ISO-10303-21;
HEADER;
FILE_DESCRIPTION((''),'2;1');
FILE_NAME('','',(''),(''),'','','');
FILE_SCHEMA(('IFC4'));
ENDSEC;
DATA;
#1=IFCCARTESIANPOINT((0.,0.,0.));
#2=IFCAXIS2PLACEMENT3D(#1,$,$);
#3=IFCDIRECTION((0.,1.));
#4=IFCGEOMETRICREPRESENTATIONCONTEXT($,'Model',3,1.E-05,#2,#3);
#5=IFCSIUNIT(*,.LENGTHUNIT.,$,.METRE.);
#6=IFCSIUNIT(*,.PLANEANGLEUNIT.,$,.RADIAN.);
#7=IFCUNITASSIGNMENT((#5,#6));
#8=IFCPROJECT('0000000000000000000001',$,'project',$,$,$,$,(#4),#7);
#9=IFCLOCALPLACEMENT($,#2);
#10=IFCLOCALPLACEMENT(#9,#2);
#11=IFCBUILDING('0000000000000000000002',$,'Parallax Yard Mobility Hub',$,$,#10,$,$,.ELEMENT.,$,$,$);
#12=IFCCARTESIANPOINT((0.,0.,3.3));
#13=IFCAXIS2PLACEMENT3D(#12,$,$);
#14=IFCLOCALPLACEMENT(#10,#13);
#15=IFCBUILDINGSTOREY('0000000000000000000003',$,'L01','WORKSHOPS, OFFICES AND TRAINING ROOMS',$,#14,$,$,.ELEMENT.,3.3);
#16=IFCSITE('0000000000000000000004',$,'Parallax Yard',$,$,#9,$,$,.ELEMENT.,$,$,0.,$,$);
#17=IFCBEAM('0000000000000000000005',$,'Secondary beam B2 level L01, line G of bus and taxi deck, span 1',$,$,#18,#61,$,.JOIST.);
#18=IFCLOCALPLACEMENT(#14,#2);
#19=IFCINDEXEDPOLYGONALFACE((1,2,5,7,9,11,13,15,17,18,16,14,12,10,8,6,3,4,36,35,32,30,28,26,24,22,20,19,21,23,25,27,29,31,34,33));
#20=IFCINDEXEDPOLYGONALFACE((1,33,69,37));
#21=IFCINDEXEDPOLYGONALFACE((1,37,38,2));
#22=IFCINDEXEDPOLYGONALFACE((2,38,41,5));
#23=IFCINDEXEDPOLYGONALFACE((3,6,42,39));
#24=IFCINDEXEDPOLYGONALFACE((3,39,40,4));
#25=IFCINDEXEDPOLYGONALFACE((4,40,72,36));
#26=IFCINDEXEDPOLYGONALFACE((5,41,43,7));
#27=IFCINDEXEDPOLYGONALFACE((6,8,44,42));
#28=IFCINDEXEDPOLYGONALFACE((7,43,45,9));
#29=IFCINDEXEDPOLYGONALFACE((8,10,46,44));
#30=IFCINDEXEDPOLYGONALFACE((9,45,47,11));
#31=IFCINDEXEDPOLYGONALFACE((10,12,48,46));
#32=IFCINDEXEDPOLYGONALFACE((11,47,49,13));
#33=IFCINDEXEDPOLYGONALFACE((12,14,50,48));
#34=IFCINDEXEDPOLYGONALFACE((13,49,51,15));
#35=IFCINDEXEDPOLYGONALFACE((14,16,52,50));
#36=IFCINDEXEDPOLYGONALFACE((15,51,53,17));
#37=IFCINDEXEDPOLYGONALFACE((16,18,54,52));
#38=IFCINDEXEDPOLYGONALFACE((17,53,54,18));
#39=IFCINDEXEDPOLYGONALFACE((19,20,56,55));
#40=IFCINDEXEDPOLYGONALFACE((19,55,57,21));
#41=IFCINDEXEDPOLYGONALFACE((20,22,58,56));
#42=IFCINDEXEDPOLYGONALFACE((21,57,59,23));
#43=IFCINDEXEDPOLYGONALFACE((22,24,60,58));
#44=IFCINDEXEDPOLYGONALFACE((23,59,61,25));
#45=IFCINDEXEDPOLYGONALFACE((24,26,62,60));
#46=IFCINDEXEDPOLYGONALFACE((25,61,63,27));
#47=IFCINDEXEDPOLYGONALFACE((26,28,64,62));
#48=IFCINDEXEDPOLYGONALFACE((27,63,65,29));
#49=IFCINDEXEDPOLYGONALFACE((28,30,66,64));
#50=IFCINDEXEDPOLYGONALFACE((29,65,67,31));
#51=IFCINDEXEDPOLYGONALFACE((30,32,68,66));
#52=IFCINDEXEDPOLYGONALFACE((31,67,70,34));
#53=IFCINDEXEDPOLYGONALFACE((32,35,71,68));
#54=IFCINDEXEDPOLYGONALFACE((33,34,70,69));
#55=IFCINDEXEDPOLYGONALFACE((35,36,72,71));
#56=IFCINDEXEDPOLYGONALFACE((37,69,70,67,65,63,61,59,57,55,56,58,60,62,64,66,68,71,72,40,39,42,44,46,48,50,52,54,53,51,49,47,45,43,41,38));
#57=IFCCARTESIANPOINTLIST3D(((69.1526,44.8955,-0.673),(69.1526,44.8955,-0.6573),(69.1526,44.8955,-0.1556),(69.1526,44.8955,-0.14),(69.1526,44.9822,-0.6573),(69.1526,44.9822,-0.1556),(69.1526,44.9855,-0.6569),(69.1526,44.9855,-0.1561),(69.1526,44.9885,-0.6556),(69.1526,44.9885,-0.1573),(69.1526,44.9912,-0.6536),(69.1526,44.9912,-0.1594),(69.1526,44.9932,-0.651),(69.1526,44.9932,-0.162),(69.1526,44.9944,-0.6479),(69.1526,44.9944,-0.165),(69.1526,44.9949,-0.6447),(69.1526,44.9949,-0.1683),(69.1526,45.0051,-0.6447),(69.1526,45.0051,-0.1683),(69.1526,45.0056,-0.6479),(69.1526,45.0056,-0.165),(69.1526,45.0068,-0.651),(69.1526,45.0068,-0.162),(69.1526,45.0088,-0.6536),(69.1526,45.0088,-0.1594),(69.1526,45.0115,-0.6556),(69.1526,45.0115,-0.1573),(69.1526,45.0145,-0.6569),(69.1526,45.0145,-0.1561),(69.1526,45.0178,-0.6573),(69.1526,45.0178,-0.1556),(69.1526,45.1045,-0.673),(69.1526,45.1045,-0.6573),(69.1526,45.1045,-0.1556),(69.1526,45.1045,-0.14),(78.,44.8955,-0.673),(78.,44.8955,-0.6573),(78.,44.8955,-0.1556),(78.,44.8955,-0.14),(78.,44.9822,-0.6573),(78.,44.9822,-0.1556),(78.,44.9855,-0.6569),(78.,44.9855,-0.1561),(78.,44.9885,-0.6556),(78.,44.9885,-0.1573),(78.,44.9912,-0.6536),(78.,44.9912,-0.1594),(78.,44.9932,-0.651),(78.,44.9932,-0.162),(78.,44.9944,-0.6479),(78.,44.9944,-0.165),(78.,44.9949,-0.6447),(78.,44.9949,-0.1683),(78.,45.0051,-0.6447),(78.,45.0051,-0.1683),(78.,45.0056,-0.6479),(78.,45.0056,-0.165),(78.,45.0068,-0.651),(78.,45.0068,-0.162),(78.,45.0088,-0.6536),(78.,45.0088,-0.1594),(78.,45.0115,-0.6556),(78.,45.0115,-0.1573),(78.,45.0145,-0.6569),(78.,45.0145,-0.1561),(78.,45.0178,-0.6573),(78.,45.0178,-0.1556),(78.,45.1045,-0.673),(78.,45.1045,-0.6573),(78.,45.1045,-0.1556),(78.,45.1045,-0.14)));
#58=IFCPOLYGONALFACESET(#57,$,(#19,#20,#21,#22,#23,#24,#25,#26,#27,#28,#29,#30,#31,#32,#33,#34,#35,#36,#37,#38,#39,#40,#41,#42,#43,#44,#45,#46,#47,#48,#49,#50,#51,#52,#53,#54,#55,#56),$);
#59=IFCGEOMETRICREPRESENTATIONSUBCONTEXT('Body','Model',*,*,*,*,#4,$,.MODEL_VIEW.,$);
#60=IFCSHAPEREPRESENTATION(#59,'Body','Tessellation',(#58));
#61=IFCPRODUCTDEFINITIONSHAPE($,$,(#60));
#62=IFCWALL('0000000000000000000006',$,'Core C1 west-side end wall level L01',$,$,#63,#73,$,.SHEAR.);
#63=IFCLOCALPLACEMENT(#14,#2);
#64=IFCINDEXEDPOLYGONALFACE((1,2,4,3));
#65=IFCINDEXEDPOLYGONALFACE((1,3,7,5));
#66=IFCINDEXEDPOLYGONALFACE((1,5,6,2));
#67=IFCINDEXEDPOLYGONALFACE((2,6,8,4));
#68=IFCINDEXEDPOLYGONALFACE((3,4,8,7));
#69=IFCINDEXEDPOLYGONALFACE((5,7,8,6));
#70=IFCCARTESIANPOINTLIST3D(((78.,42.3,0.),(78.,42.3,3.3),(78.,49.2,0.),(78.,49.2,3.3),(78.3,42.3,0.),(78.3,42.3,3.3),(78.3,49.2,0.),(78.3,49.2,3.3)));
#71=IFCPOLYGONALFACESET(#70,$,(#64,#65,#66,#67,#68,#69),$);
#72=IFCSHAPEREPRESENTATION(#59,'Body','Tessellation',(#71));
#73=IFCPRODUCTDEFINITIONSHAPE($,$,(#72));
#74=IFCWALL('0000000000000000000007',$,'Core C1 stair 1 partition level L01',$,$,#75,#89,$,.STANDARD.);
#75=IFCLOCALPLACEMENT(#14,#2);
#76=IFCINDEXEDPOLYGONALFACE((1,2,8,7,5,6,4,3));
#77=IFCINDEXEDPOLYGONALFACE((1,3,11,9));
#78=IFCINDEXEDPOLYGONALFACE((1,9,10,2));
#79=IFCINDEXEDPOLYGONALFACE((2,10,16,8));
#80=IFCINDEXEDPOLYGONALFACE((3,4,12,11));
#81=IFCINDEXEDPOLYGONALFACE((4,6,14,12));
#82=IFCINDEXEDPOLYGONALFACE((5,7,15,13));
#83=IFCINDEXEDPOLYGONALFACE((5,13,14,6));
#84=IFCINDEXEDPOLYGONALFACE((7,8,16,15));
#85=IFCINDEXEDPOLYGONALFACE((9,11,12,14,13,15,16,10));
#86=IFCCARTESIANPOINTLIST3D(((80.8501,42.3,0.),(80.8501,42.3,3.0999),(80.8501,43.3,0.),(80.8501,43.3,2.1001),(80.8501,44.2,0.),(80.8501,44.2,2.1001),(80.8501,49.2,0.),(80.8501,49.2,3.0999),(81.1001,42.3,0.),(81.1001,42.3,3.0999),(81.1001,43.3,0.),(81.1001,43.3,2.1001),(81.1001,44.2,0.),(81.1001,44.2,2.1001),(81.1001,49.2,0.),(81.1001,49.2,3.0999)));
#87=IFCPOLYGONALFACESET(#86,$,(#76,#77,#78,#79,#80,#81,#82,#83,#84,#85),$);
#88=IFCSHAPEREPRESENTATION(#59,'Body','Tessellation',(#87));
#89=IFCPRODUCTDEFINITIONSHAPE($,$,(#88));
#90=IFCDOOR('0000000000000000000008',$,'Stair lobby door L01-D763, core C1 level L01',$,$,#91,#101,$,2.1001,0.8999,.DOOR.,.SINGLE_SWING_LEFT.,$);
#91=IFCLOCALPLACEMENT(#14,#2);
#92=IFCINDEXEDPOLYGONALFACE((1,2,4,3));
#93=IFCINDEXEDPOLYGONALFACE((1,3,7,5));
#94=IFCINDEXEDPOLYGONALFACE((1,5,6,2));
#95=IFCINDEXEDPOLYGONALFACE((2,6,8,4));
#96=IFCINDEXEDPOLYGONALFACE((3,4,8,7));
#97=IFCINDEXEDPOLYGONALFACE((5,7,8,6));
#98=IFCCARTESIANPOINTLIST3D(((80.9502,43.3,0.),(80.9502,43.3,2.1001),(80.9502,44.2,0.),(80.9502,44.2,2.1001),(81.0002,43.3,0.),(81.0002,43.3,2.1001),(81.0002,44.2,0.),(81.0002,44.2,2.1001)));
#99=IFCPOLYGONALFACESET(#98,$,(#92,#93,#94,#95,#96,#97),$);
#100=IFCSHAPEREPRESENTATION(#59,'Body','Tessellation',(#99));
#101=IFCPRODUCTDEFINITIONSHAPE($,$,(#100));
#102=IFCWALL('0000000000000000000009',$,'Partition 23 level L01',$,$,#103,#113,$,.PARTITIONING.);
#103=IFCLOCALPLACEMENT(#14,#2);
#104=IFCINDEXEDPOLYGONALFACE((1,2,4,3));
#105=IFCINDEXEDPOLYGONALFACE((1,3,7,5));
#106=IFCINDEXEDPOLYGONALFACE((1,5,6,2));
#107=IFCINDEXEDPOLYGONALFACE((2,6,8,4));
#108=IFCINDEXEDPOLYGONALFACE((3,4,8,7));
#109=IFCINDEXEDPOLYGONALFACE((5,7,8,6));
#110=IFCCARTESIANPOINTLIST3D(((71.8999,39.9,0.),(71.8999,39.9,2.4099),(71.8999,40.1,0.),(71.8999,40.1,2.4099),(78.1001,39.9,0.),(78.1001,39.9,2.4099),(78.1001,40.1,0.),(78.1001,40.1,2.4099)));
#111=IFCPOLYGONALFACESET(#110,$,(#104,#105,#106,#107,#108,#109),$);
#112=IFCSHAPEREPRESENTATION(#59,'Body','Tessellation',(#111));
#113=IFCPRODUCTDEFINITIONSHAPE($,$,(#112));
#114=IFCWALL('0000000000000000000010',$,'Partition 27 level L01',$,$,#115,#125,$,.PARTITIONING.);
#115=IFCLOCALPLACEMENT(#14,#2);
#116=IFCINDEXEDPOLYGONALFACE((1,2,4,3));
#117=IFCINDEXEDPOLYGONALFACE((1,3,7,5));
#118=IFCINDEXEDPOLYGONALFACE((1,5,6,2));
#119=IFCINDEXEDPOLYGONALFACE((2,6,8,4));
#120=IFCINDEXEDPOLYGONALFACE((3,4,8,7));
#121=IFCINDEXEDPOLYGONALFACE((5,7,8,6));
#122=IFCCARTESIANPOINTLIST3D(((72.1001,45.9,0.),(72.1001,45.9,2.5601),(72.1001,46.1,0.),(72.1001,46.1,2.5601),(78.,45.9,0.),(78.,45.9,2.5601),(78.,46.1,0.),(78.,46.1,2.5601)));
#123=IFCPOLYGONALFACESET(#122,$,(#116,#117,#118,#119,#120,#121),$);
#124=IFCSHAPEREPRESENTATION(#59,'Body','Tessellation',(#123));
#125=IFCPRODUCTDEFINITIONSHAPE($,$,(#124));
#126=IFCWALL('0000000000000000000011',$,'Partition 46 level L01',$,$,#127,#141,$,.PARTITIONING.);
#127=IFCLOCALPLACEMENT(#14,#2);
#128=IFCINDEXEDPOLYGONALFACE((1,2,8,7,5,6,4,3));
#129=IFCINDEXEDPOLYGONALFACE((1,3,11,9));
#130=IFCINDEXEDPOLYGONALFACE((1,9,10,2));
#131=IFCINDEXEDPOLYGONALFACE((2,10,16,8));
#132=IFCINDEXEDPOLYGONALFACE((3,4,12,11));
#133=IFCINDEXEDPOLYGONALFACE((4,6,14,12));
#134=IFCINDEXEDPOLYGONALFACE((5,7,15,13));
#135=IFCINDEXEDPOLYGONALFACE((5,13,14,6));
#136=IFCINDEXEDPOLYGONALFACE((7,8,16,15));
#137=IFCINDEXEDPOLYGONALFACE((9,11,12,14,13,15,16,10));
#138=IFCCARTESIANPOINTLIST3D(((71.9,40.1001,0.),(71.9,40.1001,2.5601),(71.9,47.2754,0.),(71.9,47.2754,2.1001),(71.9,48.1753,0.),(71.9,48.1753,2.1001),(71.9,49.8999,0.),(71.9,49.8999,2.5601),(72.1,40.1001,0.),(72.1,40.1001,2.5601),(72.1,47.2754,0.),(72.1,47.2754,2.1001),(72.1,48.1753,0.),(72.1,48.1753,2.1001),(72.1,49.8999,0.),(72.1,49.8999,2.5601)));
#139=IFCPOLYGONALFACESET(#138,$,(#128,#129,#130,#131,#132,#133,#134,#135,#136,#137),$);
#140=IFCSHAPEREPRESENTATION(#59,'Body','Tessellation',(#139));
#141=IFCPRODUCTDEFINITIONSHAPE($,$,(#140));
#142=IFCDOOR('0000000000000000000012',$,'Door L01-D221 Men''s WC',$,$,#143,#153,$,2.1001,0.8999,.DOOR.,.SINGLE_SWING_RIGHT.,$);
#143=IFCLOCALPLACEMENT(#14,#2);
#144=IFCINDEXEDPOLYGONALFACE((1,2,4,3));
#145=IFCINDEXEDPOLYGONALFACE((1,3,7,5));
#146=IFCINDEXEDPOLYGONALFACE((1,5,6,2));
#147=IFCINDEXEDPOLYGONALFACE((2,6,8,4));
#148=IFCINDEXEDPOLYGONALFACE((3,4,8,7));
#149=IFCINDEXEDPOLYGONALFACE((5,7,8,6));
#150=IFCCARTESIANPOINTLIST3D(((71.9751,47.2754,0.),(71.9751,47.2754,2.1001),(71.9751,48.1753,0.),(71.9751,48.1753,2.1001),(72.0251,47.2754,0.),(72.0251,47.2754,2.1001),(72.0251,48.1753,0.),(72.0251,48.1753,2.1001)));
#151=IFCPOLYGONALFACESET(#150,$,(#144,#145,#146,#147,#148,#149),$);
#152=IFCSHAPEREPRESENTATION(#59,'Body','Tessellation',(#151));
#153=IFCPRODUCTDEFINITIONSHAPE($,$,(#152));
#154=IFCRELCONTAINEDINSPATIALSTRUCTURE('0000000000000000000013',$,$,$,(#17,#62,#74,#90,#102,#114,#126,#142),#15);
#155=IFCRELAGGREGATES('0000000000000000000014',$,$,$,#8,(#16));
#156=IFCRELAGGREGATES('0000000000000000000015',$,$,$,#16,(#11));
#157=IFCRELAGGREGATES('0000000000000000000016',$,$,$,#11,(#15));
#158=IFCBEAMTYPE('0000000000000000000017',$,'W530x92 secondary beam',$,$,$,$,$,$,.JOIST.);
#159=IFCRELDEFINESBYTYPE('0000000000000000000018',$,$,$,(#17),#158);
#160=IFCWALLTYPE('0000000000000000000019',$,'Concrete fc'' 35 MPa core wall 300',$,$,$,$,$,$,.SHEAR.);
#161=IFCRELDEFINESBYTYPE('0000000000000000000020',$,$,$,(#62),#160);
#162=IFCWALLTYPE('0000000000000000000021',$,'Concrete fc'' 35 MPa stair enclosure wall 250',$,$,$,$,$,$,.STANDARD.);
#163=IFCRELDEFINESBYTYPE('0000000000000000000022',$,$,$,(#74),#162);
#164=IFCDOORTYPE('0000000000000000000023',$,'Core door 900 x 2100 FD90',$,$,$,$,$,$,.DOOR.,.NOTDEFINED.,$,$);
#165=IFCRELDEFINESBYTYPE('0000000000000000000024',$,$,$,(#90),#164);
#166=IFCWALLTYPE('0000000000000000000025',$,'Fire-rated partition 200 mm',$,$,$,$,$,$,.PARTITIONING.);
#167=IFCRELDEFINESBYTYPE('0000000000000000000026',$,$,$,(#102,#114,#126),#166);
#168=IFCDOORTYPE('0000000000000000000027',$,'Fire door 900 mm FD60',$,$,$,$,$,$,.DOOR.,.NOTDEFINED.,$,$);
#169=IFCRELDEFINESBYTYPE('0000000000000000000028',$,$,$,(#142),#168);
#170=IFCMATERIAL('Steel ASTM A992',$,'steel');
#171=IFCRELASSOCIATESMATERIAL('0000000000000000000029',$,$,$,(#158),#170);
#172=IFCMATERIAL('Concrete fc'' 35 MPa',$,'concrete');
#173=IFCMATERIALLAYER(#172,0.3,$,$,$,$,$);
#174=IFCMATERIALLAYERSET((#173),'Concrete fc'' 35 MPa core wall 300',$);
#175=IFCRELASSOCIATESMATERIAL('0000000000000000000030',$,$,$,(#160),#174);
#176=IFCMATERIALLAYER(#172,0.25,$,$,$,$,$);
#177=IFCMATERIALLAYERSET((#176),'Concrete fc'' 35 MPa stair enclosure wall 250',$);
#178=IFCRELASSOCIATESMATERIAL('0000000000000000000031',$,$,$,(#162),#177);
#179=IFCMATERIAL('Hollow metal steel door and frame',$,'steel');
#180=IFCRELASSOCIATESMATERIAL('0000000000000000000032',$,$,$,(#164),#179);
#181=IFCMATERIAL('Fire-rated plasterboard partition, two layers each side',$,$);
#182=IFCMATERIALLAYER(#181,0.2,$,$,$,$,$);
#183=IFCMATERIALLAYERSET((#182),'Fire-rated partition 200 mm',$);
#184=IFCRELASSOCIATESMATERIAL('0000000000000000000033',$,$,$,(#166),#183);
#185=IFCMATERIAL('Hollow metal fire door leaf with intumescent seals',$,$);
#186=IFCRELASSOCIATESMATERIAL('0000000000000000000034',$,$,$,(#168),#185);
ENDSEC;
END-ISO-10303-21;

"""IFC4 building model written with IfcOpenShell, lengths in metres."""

from ifc_helpers import new_model, si_unit, direction, frame, frame_2d, origin, origin_2d, place, context, subcontext, project, spatial, polyline, rectangle, i_section, outline, extrude, material, layer, layer_set, material_profile, profile_set, type_object, element, fill, save


model = new_model("IFC4")

# Units and contexts
model_context = context("Model", 3, precision=1e-05, world=origin(), true_north=direction((0.0, 1.0)))
body_context = subcontext(model_context, "Body", "Model", "MODEL_VIEW")
ifc_project = project(units=[si_unit("LENGTHUNIT", "METRE"), si_unit("PLANEANGLEUNIT", "RADIAN")], contexts=[model_context])

# Site, building, storey
site_placement = place(None, origin())
site = spatial("IfcSite", under=ifc_project, at=site_placement, Name="Parallax Yard", CompositionType="ELEMENT", RefElevation=0.0)
building_placement = place(site_placement, origin())
building = spatial("IfcBuilding", under=site, at=building_placement, Name="Parallax Yard Mobility Hub", CompositionType="ELEMENT")
storey_placement = place(building_placement, frame((0.0, 0.0, 3.3)))
storey = spatial("IfcBuildingStorey", under=building, at=storey_placement, Name="L01", Description="WORKSHOPS, OFFICES AND TRAINING ROOMS", CompositionType="ELEMENT", Elevation=3.3)

# Beam
ifc_material_1 = material(Name="Steel ASTM A992", Category="steel")
ifc_material_profile_1 = material_profile(ifc_material_1, i_section(OverallWidth=0.209, OverallDepth=0.533, WebThickness=0.0103, FlangeThickness=0.0156, FilletRadius=0.0127, at=origin_2d()), Name="W530x92")
ifc_profile_set_1 = profile_set([ifc_material_profile_1], Name="Steel ASTM A992")
beam_type_1 = type_object("IfcBeamType", Name="W530x92 secondary beam", PredefinedType="JOIST", material=ifc_profile_set_1)
beam_1_placement = place(storey_placement, frame((69.1526, 45.0, -0.4065), z_axis=(1.0, 0.0, 0.0), x_axis=(0.0, 1.0, 0.0)))
element("IfcBeam", 1, at=beam_1_placement, inside=storey, type_object=beam_type_1, Name="Secondary beam B2 level L01, line G of bus and taxi deck, span 1", PredefinedType="JOIST", context=body_context, shape_type="SweptSolid", body=[
    extrude(i_section(OverallWidth=0.209, OverallDepth=0.533, WebThickness=0.0103, FlangeThickness=0.0156, FilletRadius=0.0127, at=origin_2d()), origin(), (0.0, 0.0, 1.0), 8.8474),
])

# Wall
ifc_material_2 = material(Name="Concrete fc' 35 MPa", Category="concrete")
ifc_layer_1 = layer(ifc_material_2, 0.3)
ifc_layer_set_1 = layer_set([ifc_layer_1], Name="Concrete fc' 35 MPa core wall 300")
wall_type_1 = type_object("IfcWallType", Name="Concrete fc' 35 MPa core wall 300", PredefinedType="SHEAR", material=ifc_layer_set_1)
wall_1_placement = place(storey_placement, frame((78.1499, 42.3, 0.0), z_axis=(0.0, 0.0, 1.0), x_axis=(0.0, 1.0, 0.0)))
element("IfcWall", 2, at=wall_1_placement, inside=storey, type_object=wall_type_1, Name="Core C1 west-side end wall level L01", PredefinedType="SHEAR", context=body_context, shape_type="SweptSolid", body=[
    extrude(outline(polyline([(0.0, 0.0), (6.8999, 0.0), (6.8999, 3.3), (0.0, 3.3), (0.0, 0.0)])), frame((0.0, 0.1499, 0.0), z_axis=(0.0, -1.0, 0.0), x_axis=(1.0, 0.0, 0.0)), (0.0, 0.0, 1.0), 0.3),
])

# Wall, opening, door
ifc_layer_2 = layer(ifc_material_2, 0.25)
ifc_layer_set_2 = layer_set([ifc_layer_2], Name="Concrete fc' 35 MPa stair enclosure wall 250")
wall_type_2 = type_object("IfcWallType", Name="Concrete fc' 35 MPa stair enclosure wall 250", PredefinedType="STANDARD", material=ifc_layer_set_2)
wall_2_placement = place(storey_placement, frame((80.9751, 42.3, 0.0), z_axis=(0.0, 0.0, 1.0), x_axis=(0.0, 1.0, 0.0)))
wall_2 = element("IfcWall", 3, at=wall_2_placement, inside=storey, type_object=wall_type_2, Name="Core C1 stair 1 partition level L01", PredefinedType="STANDARD", context=body_context, shape_type="SweptSolid", body=[
    extrude(outline(polyline([(0.0, 0.0), (6.8999, 0.0), (6.8999, 3.0999), (0.0, 3.0999), (0.0, 0.0)])), frame((0.0, 0.125, 0.0), z_axis=(0.0, -1.0, 0.0), x_axis=(1.0, 0.0, 0.0)), (0.0, 0.0, 1.0), 0.25),
])
opening_1_placement = place(wall_2_placement, frame((1.0, 0.0, 0.0)))
opening_1 = element("IfcOpeningElement", 4, at=opening_1_placement, cuts=wall_2, PredefinedType="OPENING", context=body_context, shape_type="SweptSolid", body=[
    extrude(rectangle(XDim=0.8999, YDim=2.1001, at=frame_2d((0.45, 1.05))), frame((0.0, 0.135, 0.0), z_axis=(0.0, -1.0, 0.0), x_axis=(1.0, 0.0, 0.0)), (0.0, 0.0, 1.0), 0.27),
])
ifc_material_3 = material(Name="Hollow metal steel door and frame", Category="steel")
door_type_1 = type_object("IfcDoorType", Name="Core door 900 x 2100 FD90", OperationType="NOTDEFINED", PredefinedType="DOOR", material=ifc_material_3)
door_1_placement = place(opening_1_placement, origin())
door_1 = element("IfcDoor", 5, at=door_1_placement, inside=storey, type_object=door_type_1, Name="Stair lobby door L01-D763, core C1 level L01", OperationType="SINGLE_SWING_LEFT", OverallHeight=2.1001, OverallWidth=0.8999, PredefinedType="DOOR", context=body_context, shape_type="SweptSolid", body=[
    extrude(rectangle(XDim=0.8999, YDim=2.1001, at=frame_2d((0.45, 1.05))), frame((0.0, 0.0249, 0.0), z_axis=(0.0, -1.0, 0.0), x_axis=(1.0, 0.0, 0.0)), (0.0, 0.0, 1.0), 0.05),
])
fill(opening_1, door_1)

# Walls
ifc_material_4 = material(Name="Fire-rated plasterboard partition, two layers each side")
ifc_layer_3 = layer(ifc_material_4, 0.2)
ifc_layer_set_3 = layer_set([ifc_layer_3], Name="Fire-rated partition 200 mm")
wall_type_3 = type_object("IfcWallType", Name="Fire-rated partition 200 mm", PredefinedType="PARTITIONING", material=ifc_layer_set_3)
wall_3_placement = place(storey_placement, frame((71.8999, 40.0, 0.0), z_axis=(0.0, 0.0, 1.0), x_axis=(1.0, 0.0, 0.0)))
element("IfcWall", 6, at=wall_3_placement, inside=storey, type_object=wall_type_3, Name="Partition 23 level L01", PredefinedType="PARTITIONING", context=body_context, shape_type="SweptSolid", body=[
    extrude(rectangle(XDim=6.2002, YDim=0.2, at=frame_2d((3.1001, 0.0))), origin(), (0.0, 0.0, 1.0), 2.4099),
])
wall_4_placement = place(storey_placement, frame((72.1001, 46.0, 0.0), z_axis=(0.0, 0.0, 1.0), x_axis=(1.0, 0.0, 0.0)))
element("IfcWall", 7, at=wall_4_placement, inside=storey, type_object=wall_type_3, Name="Partition 27 level L01", PredefinedType="PARTITIONING", context=body_context, shape_type="SweptSolid", body=[
    extrude(rectangle(XDim=5.8999, YDim=0.2, at=frame_2d((2.95, 0.0))), origin(), (0.0, 0.0, 1.0), 2.5601),
])

# Wall, opening, door
wall_5_placement = place(storey_placement, frame((72.0, 40.1001, 0.0), z_axis=(0.0, 0.0, 1.0), x_axis=(0.0, 1.0, 0.0)))
wall_5 = element("IfcWall", 8, at=wall_5_placement, inside=storey, type_object=wall_type_3, Name="Partition 46 level L01", PredefinedType="PARTITIONING", context=body_context, shape_type="SweptSolid", body=[
    extrude(rectangle(XDim=9.7998, YDim=0.2, at=frame_2d((4.8999, 0.0))), origin(), (0.0, 0.0, 1.0), 2.5601),
])
opening_2_placement = place(wall_5_placement, frame((7.1753, 0.0, 0.0)))
opening_2 = element("IfcOpeningElement", 9, at=opening_2_placement, cuts=wall_5, PredefinedType="OPENING", context=body_context, shape_type="SweptSolid", body=[
    extrude(rectangle(XDim=0.8999, YDim=2.1001, at=frame_2d((0.45, 1.05))), frame((0.0, 0.1099, 0.0), z_axis=(0.0, -1.0, 0.0), x_axis=(1.0, 0.0, 0.0)), (0.0, 0.0, 1.0), 0.22),
])
ifc_material_5 = material(Name="Hollow metal fire door leaf with intumescent seals")
door_type_2 = type_object("IfcDoorType", Name="Fire door 900 mm FD60", OperationType="NOTDEFINED", PredefinedType="DOOR", material=ifc_material_5)
door_2_placement = place(opening_2_placement, origin())
door_2 = element("IfcDoor", 10, at=door_2_placement, inside=storey, type_object=door_type_2, Name="Door L01-D221 Men's WC", OperationType="SINGLE_SWING_RIGHT", OverallHeight=2.1001, OverallWidth=0.8999, PredefinedType="DOOR", context=body_context, shape_type="SweptSolid", body=[
    extrude(rectangle(XDim=0.8999, YDim=2.1001, at=frame_2d((0.45, 1.05))), frame((0.0, 0.0249, 0.0), z_axis=(0.0, -1.0, 0.0), x_axis=(1.0, 0.0, 0.0)), (0.0, 0.0, 1.0), 0.05),
])
fill(opening_2, door_2)

save(model, "model.ifc")
